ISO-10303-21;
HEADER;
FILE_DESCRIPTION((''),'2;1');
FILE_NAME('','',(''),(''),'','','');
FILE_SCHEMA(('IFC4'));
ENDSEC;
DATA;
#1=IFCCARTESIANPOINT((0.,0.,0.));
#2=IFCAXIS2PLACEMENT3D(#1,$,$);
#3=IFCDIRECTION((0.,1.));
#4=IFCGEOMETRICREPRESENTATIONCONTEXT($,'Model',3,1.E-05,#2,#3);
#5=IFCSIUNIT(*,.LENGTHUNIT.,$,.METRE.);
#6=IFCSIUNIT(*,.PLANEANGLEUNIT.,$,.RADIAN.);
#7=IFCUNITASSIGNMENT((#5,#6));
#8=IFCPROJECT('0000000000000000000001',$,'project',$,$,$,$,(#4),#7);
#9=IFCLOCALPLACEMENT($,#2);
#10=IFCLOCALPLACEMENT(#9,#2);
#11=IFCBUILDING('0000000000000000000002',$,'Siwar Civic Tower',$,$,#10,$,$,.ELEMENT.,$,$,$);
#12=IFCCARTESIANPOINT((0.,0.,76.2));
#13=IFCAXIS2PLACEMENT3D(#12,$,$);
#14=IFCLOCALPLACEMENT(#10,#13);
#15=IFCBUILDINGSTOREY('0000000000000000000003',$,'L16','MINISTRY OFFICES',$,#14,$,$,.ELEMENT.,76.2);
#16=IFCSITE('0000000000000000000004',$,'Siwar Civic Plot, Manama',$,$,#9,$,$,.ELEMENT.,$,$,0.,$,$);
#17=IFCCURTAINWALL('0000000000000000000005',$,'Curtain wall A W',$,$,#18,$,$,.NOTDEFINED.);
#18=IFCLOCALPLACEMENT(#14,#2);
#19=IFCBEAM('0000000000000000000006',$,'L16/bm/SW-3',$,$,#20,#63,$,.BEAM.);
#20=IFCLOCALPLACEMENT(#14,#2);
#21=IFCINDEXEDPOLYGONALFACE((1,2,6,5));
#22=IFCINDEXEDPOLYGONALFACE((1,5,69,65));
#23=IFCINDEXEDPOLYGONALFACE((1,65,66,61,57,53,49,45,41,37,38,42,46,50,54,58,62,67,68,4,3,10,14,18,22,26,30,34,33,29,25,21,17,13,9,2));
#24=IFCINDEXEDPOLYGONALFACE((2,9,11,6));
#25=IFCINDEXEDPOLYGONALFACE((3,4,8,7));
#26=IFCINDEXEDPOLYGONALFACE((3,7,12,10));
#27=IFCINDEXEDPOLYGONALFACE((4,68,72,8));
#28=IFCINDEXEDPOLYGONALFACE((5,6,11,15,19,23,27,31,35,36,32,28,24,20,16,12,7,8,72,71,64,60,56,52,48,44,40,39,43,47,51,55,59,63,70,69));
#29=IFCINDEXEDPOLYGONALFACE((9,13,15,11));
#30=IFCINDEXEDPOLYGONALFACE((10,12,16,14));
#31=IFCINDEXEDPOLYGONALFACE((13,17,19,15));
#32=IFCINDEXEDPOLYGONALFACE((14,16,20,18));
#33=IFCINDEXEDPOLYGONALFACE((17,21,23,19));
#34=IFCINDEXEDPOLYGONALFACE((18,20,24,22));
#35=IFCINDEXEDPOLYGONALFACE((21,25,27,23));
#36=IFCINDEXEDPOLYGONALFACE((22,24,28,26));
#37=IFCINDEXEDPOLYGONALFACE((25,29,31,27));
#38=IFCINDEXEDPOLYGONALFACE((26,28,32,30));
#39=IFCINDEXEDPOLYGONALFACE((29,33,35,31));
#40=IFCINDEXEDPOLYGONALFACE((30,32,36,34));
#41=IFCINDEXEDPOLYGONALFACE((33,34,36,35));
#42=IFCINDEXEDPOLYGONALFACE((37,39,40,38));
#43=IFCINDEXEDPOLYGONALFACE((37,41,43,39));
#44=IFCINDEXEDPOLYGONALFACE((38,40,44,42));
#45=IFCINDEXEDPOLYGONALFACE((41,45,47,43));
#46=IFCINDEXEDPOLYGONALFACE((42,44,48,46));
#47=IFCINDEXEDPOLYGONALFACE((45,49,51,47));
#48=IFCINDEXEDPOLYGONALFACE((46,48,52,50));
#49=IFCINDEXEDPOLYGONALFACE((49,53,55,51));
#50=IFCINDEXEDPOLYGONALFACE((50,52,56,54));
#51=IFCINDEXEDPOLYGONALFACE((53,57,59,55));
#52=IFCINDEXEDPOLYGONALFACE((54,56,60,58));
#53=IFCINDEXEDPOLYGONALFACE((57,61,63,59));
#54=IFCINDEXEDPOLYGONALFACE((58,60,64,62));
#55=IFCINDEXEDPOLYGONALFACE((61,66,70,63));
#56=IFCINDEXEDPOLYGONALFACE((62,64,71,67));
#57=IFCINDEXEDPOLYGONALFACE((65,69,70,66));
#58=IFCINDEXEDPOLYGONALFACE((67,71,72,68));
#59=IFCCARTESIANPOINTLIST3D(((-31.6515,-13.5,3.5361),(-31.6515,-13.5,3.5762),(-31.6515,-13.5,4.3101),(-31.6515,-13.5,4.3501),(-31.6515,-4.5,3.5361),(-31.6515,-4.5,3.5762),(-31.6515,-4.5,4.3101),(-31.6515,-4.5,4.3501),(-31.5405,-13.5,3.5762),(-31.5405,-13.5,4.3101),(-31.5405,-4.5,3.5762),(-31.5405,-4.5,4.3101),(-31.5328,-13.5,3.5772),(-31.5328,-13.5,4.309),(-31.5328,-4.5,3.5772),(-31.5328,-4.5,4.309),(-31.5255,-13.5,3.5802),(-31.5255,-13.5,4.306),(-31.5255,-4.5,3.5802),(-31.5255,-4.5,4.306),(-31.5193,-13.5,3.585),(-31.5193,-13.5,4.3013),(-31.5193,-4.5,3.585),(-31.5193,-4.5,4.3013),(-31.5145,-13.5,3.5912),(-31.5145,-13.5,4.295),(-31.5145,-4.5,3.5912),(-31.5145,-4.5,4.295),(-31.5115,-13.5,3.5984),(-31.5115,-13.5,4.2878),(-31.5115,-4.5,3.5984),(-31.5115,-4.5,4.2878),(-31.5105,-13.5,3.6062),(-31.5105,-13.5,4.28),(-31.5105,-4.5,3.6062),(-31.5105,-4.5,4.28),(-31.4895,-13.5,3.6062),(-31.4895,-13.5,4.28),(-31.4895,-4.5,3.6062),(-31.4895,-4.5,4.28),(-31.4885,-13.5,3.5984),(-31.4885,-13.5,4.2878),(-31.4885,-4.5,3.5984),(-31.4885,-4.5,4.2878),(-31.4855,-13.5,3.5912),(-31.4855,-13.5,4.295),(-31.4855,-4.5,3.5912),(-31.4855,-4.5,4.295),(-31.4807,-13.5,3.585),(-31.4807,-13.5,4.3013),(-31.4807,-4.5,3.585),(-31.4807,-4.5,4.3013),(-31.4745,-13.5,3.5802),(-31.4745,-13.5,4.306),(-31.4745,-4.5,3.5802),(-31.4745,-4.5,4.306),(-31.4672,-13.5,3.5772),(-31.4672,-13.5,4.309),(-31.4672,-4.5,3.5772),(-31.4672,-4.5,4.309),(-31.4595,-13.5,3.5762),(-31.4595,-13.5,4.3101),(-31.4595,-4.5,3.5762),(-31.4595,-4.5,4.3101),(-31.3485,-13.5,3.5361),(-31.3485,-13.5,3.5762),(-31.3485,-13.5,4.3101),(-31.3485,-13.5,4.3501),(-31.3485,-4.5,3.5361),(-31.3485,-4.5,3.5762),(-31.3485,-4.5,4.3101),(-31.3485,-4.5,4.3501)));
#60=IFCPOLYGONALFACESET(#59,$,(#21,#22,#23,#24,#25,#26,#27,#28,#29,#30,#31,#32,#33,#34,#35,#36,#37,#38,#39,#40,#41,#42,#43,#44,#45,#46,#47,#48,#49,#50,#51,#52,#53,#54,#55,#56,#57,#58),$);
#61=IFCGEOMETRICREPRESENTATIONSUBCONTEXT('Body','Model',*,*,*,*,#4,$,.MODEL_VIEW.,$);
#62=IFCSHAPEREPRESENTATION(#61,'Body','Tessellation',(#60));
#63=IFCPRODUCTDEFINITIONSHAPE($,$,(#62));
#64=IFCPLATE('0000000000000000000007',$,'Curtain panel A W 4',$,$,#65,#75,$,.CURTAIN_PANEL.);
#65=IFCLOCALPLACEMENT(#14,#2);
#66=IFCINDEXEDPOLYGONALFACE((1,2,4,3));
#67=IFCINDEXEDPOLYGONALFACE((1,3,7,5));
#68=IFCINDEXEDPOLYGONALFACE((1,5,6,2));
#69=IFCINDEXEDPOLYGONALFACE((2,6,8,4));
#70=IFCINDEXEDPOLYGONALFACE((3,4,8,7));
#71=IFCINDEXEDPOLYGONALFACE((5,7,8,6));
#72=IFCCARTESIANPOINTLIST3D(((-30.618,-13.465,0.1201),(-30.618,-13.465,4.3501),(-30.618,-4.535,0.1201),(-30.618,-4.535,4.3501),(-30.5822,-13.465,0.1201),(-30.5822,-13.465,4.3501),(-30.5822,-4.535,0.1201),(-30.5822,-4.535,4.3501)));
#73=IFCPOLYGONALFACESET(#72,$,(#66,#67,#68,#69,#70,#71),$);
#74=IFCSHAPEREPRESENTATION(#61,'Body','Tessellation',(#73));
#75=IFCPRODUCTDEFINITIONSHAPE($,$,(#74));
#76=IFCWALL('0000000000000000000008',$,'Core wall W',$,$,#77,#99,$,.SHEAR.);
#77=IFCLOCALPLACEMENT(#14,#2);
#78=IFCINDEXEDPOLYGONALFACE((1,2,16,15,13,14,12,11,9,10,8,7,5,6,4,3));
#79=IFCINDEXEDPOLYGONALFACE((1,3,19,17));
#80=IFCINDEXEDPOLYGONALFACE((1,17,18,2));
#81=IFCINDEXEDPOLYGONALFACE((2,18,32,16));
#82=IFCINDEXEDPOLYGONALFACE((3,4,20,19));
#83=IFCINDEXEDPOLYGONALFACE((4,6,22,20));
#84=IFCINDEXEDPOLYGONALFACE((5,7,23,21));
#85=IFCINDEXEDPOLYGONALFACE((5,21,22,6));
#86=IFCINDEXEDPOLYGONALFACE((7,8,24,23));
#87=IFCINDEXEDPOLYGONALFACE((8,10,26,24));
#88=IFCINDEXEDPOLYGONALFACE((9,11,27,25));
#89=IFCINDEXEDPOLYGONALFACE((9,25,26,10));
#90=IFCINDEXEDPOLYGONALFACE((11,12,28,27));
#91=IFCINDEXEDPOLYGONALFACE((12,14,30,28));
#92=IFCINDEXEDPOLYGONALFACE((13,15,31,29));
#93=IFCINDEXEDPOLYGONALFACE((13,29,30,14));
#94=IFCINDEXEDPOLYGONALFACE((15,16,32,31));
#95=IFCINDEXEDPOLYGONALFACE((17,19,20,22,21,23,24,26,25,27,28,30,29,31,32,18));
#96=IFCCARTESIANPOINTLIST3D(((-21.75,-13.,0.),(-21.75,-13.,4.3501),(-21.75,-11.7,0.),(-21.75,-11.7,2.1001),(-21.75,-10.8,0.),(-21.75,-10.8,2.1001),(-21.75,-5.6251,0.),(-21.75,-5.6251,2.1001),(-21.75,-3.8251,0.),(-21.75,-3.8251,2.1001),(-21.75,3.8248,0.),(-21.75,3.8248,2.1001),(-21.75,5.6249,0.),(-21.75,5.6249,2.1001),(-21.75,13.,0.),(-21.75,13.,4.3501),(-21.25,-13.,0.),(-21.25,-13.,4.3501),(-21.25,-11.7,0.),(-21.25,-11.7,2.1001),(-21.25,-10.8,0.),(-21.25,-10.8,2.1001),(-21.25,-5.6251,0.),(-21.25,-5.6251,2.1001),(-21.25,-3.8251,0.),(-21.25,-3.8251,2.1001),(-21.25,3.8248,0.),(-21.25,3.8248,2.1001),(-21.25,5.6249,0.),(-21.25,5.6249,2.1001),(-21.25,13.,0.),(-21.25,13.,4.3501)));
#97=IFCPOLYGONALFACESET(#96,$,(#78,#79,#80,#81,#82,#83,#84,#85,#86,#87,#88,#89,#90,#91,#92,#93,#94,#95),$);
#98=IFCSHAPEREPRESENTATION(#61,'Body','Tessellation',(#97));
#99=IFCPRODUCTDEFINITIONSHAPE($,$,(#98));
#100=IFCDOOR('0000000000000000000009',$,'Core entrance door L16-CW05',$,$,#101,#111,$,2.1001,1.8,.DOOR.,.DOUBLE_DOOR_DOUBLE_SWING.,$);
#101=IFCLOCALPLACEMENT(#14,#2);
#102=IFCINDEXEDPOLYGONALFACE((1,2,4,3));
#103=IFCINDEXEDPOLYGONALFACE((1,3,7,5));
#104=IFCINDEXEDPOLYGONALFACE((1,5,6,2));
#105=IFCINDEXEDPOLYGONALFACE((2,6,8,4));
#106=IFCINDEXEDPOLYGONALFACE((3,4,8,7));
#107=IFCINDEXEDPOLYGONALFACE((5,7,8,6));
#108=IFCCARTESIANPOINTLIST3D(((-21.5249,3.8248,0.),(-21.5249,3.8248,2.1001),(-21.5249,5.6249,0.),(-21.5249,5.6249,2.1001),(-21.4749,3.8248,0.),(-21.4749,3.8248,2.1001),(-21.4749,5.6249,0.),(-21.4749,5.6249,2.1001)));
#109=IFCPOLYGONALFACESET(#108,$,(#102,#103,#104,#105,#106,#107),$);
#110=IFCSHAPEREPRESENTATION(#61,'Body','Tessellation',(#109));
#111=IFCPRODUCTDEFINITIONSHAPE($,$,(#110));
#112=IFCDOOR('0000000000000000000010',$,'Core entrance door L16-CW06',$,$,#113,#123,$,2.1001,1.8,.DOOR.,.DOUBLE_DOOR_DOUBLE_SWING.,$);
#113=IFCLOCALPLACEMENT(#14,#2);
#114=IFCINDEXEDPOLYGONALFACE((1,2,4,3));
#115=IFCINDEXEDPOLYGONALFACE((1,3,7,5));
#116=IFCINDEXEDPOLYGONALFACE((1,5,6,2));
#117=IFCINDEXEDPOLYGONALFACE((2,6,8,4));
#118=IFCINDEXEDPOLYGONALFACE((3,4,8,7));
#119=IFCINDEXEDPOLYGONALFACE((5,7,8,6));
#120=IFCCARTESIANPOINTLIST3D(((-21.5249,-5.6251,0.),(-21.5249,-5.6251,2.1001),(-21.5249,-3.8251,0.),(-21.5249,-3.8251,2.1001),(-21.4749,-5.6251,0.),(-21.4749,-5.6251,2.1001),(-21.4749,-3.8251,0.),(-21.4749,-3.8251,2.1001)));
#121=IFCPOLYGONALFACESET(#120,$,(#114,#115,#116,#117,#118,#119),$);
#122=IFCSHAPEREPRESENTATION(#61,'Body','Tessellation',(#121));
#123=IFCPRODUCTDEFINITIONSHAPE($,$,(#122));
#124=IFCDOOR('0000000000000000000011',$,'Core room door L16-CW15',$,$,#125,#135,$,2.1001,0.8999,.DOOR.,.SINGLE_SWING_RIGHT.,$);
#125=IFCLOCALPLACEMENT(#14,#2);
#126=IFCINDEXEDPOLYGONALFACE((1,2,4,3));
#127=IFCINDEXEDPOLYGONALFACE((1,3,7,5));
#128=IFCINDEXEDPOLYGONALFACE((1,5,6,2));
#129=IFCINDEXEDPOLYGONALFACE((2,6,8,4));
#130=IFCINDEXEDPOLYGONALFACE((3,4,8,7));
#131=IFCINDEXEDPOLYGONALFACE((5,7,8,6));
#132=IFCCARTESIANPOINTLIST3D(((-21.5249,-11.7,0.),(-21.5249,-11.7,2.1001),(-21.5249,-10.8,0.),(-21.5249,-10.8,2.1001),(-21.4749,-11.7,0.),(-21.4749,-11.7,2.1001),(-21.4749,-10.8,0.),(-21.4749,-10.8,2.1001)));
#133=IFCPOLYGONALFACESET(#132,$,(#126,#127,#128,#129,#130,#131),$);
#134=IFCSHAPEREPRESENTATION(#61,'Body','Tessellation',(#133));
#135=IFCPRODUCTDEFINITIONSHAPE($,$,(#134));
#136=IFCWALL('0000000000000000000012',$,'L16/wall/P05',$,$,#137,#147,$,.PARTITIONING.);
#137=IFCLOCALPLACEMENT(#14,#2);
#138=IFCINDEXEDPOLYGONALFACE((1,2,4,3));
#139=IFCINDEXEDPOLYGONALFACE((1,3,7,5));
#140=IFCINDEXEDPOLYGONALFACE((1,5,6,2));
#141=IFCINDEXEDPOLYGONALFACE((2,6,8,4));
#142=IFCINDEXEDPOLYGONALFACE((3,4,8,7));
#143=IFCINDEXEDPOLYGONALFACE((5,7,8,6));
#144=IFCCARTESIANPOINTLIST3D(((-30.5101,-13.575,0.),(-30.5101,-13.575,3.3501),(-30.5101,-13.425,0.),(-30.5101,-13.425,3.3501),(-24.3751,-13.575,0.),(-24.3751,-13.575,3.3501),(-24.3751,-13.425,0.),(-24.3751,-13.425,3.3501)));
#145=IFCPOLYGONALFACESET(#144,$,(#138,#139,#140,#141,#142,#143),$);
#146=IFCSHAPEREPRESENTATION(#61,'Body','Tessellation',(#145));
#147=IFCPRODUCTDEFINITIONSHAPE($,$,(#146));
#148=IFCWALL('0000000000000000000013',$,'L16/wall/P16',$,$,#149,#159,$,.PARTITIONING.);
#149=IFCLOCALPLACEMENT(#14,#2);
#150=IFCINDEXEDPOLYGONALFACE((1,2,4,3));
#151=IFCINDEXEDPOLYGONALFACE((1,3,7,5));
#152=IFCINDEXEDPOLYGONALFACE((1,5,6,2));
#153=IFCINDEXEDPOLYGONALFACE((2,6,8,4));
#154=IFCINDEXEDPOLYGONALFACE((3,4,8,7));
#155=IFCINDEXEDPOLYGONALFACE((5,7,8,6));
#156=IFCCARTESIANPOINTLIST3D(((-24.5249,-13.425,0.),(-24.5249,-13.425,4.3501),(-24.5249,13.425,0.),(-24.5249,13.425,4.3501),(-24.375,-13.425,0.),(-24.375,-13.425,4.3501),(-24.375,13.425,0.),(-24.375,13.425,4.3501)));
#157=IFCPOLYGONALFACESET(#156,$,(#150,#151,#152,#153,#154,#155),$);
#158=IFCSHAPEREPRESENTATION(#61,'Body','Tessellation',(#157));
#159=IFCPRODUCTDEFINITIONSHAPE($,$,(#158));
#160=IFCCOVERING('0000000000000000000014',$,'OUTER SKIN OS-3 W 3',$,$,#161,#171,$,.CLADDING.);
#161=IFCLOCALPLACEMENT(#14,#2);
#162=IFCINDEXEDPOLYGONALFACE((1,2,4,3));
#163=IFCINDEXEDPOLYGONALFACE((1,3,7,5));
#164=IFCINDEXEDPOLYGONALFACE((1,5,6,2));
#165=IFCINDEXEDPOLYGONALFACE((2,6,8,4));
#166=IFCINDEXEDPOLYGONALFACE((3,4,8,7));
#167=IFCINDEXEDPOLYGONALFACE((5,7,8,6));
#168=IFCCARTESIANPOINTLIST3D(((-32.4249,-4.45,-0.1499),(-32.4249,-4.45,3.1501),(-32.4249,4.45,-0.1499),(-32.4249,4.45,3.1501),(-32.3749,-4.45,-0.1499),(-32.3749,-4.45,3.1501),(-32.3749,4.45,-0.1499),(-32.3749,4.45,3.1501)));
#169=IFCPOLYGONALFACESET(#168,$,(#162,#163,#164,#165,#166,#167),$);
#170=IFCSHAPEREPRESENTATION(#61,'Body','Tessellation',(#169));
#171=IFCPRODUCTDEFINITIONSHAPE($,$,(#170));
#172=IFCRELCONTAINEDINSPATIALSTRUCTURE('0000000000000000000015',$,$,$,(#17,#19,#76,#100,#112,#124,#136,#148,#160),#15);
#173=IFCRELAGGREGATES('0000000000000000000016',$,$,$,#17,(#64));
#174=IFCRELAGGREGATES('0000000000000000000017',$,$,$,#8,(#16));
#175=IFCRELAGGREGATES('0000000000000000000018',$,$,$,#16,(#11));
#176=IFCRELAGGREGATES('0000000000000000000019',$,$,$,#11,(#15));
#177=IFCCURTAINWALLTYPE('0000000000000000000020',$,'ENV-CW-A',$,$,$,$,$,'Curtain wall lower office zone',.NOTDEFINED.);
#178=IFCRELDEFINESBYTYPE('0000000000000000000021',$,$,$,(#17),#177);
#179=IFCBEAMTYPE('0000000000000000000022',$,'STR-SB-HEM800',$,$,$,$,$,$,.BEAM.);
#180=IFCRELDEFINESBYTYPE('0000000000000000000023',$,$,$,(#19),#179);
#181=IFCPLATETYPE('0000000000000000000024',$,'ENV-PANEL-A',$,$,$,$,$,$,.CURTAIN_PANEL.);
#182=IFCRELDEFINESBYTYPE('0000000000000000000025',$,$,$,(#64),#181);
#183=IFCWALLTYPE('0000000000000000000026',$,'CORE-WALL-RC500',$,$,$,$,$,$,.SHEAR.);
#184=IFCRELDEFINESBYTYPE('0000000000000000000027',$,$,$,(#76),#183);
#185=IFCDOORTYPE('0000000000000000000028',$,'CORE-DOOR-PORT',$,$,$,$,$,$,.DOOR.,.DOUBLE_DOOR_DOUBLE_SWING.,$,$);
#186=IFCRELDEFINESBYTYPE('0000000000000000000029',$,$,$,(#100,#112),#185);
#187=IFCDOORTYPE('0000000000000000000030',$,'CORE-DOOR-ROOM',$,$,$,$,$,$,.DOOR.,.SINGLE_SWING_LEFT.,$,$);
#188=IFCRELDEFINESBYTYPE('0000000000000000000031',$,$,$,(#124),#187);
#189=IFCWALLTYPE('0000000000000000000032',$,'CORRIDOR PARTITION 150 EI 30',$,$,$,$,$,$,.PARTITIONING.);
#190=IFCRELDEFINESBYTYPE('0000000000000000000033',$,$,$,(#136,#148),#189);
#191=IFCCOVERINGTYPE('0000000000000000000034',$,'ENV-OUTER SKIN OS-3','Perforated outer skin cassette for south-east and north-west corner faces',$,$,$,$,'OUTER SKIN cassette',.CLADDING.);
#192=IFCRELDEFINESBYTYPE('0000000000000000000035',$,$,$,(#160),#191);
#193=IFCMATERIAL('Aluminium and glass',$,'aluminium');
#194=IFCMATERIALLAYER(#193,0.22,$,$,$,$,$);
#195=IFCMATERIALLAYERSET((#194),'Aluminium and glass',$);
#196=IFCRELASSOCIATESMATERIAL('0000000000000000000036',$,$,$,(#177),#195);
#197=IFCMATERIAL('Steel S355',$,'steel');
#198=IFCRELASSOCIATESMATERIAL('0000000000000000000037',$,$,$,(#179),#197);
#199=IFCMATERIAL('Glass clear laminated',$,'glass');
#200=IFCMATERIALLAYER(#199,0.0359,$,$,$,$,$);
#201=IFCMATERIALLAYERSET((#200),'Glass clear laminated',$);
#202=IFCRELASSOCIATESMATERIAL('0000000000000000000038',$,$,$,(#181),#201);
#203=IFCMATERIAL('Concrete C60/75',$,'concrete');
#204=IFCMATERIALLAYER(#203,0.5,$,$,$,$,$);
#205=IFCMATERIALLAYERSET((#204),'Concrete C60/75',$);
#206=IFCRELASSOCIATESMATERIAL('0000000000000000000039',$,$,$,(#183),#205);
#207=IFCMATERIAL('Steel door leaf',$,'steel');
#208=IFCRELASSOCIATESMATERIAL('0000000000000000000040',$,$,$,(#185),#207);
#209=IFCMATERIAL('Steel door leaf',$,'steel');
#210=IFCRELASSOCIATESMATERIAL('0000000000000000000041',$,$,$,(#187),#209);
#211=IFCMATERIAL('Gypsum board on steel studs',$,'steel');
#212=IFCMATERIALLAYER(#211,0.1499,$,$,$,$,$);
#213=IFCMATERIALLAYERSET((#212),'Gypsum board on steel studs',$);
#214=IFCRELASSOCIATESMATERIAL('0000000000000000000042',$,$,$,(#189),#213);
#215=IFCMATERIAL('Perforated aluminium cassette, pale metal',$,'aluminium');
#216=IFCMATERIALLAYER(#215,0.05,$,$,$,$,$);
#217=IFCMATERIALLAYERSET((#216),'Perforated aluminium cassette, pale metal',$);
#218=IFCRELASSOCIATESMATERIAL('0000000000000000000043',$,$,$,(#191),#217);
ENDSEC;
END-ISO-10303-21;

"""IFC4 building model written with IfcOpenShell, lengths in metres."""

from ifc_helpers import new_model, si_unit, direction, frame, frame_2d, origin, origin_2d, place, context, subcontext, project, spatial, rectangle, i_section, extrude, material, layer, layer_set, material_profile, profile_set, type_object, element, fill, aggregate, save


model = new_model("IFC4")

# Units and contexts
model_context = context("Model", 3, precision=1e-05, world=origin(), true_north=direction((0.0, 1.0)))
body_context = subcontext(model_context, "Body", "Model", "MODEL_VIEW")
ifc_project = project(units=[si_unit("LENGTHUNIT", "METRE"), si_unit("PLANEANGLEUNIT", "RADIAN")], contexts=[model_context])

# Site, building, storey
site_placement = place(None, origin())
site = spatial("IfcSite", under=ifc_project, at=site_placement, Name="Siwar Civic Plot, Manama", CompositionType="ELEMENT", RefElevation=0.0)
building_placement = place(site_placement, origin())
building = spatial("IfcBuilding", under=site, at=building_placement, Name="Siwar Civic Tower", CompositionType="ELEMENT")
storey_placement = place(building_placement, frame((0.0, 0.0, 76.2)))
storey = spatial("IfcBuildingStorey", under=building, at=storey_placement, Name="L16", Description="MINISTRY OFFICES", CompositionType="ELEMENT", Elevation=76.2)

# Curtain wall
ifc_material_1 = material(Name="Aluminium and glass", Category="aluminium")
ifc_layer_1 = layer(ifc_material_1, 0.22)
ifc_layer_set_1 = layer_set([ifc_layer_1], Name="Aluminium and glass")
curtain_wall_type = type_object("IfcCurtainWallType", Name="ENV-CW-A", ElementType="Curtain wall lower office zone", PredefinedType="NOTDEFINED", material=ifc_layer_set_1)
curtain_wall_placement = place(storey_placement, origin())
curtain_wall = element("IfcCurtainWall", 1, at=curtain_wall_placement, inside=storey, type_object=curtain_wall_type, Name="Curtain wall A W", PredefinedType="NOTDEFINED")

# Beam
ifc_material_2 = material(Name="Steel S355", Category="steel")
ifc_material_profile_1 = material_profile(ifc_material_2, i_section(OverallWidth=0.303, OverallDepth=0.814, WebThickness=0.021, FlangeThickness=0.04, FilletRadius=0.03, at=origin_2d()), Name="HEM800")
ifc_profile_set_1 = profile_set([ifc_material_profile_1], Name="Steel S355")
beam_type_1 = type_object("IfcBeamType", Name="STR-SB-HEM800", PredefinedType="BEAM", material=ifc_profile_set_1)
beam_1_placement = place(storey_placement, frame((-31.5, -4.5, 3.9431), z_axis=(0.0, -1.0, 0.0), x_axis=(1.0, 0.0, 0.0)))
element("IfcBeam", 2, at=beam_1_placement, inside=storey, type_object=beam_type_1, Name="L16/bm/SW-3", PredefinedType="BEAM", context=body_context, shape_type="SweptSolid", body=[
    extrude(i_section(OverallWidth=0.303, OverallDepth=0.814, WebThickness=0.021, FlangeThickness=0.04, FilletRadius=0.03, at=origin_2d()), origin(), (0.0, 0.0, 1.0), 9.0),
])

# Plate
ifc_material_3 = material(Name="Glass clear laminated", Category="glass")
ifc_layer_2 = layer(ifc_material_3, 0.0359)
ifc_layer_set_2 = layer_set([ifc_layer_2], Name="Glass clear laminated")
plate_type = type_object("IfcPlateType", Name="ENV-PANEL-A", PredefinedType="CURTAIN_PANEL", material=ifc_layer_set_2)
plate_placement = place(storey_placement, frame((-30.6001, -9.0, 0.1201), z_axis=(0.0, 0.0, 1.0), x_axis=(0.0, -1.0, 0.0)))
plate = element("IfcPlate", 3, at=plate_placement, type_object=plate_type, Name="Curtain panel A W 4", PredefinedType="CURTAIN_PANEL", context=body_context, shape_type="SweptSolid", body=[
    extrude(rectangle(XDim=8.9299, YDim=0.0359, at=origin_2d()), origin(), (0.0, 0.0, 1.0), 4.23),
])
aggregate(curtain_wall, [plate])

# Wall, openings, doors
ifc_material_4 = material(Name="Concrete C60/75", Category="concrete")
ifc_layer_3 = layer(ifc_material_4, 0.5)
ifc_layer_set_3 = layer_set([ifc_layer_3], Name="Concrete C60/75")
wall_type_1 = type_object("IfcWallType", Name="CORE-WALL-RC500", PredefinedType="SHEAR", material=ifc_layer_set_3)
wall_1_placement = place(storey_placement, frame((-21.5, -13.0, 0.0), z_axis=(0.0, 0.0, 1.0), x_axis=(0.0, 1.0, 0.0)))
wall_1 = element("IfcWall", 4, at=wall_1_placement, inside=storey, type_object=wall_type_1, Name="Core wall W", PredefinedType="SHEAR", context=body_context, shape_type="SweptSolid", body=[
    extrude(rectangle(XDim=26.0, YDim=0.5, at=frame_2d((13.0, 0.0))), origin(), (0.0, 0.0, 1.0), 4.3501),
])
opening_1_placement = place(wall_1_placement, frame((16.825, 0.0, 0.0)))
opening_1 = element("IfcOpeningElement", 5, at=opening_1_placement, cuts=wall_1, PredefinedType="OPENING", context=body_context, shape_type="SweptSolid", body=[
    extrude(rectangle(XDim=1.8, YDim=2.1001, at=frame_2d((0.8999, 1.05))), frame((0.0, 0.26, 0.0), z_axis=(0.0, -1.0, 0.0), x_axis=(1.0, 0.0, 0.0)), (0.0, 0.0, 1.0), 0.52),
])
opening_2_placement = place(wall_1_placement, frame((7.375, 0.0, 0.0)))
opening_2 = element("IfcOpeningElement", 6, at=opening_2_placement, cuts=wall_1, PredefinedType="OPENING", context=body_context, shape_type="SweptSolid", body=[
    extrude(rectangle(XDim=1.8, YDim=2.1001, at=frame_2d((0.8999, 1.05))), frame((0.0, 0.26, 0.0), z_axis=(0.0, -1.0, 0.0), x_axis=(1.0, 0.0, 0.0)), (0.0, 0.0, 1.0), 0.52),
])
opening_3_placement = place(wall_1_placement, frame((1.3, 0.0, 0.0)))
opening_3 = element("IfcOpeningElement", 7, at=opening_3_placement, cuts=wall_1, PredefinedType="OPENING", context=body_context, shape_type="SweptSolid", body=[
    extrude(rectangle(XDim=0.8999, YDim=2.1001, at=frame_2d((0.45, 1.05))), frame((0.0, 0.26, 0.0), z_axis=(0.0, -1.0, 0.0), x_axis=(1.0, 0.0, 0.0)), (0.0, 0.0, 1.0), 0.52),
])
ifc_material_5 = material(Name="Steel door leaf", Category="steel")
door_type_1 = type_object("IfcDoorType", Name="CORE-DOOR-PORT", OperationType="DOUBLE_DOOR_DOUBLE_SWING", PredefinedType="DOOR", material=ifc_material_5)
door_1_placement = place(opening_1_placement, origin())
door_1 = element("IfcDoor", 8, at=door_1_placement, inside=storey, type_object=door_type_1, Name="Core entrance door L16-CW05", OperationType="DOUBLE_DOOR_DOUBLE_SWING", OverallHeight=2.1001, OverallWidth=1.8, PredefinedType="DOOR", context=body_context, shape_type="SweptSolid", body=[
    extrude(rectangle(XDim=1.8, YDim=2.1001, at=frame_2d((0.8999, 1.05))), frame((0.0, 0.0249, 0.0), z_axis=(0.0, -1.0, 0.0), x_axis=(1.0, 0.0, 0.0)), (0.0, 0.0, 1.0), 0.05),
])
fill(opening_1, door_1)
door_2_placement = place(opening_2_placement, origin())
door_2 = element("IfcDoor", 9, at=door_2_placement, inside=storey, type_object=door_type_1, Name="Core entrance door L16-CW06", OperationType="DOUBLE_DOOR_DOUBLE_SWING", OverallHeight=2.1001, OverallWidth=1.8, PredefinedType="DOOR", context=body_context, shape_type="SweptSolid", body=[
    extrude(rectangle(XDim=1.8, YDim=2.1001, at=frame_2d((0.8999, 1.05))), frame((0.0, 0.0249, 0.0), z_axis=(0.0, -1.0, 0.0), x_axis=(1.0, 0.0, 0.0)), (0.0, 0.0, 1.0), 0.05),
])
fill(opening_2, door_2)
ifc_material_6 = material(Name="Steel door leaf", Category="steel")
door_type_2 = type_object("IfcDoorType", Name="CORE-DOOR-ROOM", OperationType="SINGLE_SWING_LEFT", PredefinedType="DOOR", material=ifc_material_6)
door_3_placement = place(opening_3_placement, origin())
door_3 = element("IfcDoor", 10, at=door_3_placement, inside=storey, type_object=door_type_2, Name="Core room door L16-CW15", OperationType="SINGLE_SWING_RIGHT", OverallHeight=2.1001, OverallWidth=0.8999, PredefinedType="DOOR", context=body_context, shape_type="SweptSolid", body=[
    extrude(rectangle(XDim=0.8999, YDim=2.1001, at=frame_2d((0.45, 1.05))), frame((0.0, 0.0249, 0.0), z_axis=(0.0, -1.0, 0.0), x_axis=(1.0, 0.0, 0.0)), (0.0, 0.0, 1.0), 0.05),
])
fill(opening_3, door_3)

# Walls
ifc_material_7 = material(Name="Gypsum board on steel studs", Category="steel")
ifc_layer_4 = layer(ifc_material_7, 0.1499)
ifc_layer_set_4 = layer_set([ifc_layer_4], Name="Gypsum board on steel studs")
wall_type_2 = type_object("IfcWallType", Name="CORRIDOR PARTITION 150 EI 30", PredefinedType="PARTITIONING", material=ifc_layer_set_4)
wall_2_placement = place(storey_placement, frame((-30.51, -13.5, 0.0), z_axis=(0.0, 0.0, 1.0), x_axis=(1.0, 0.0, 0.0)))
element("IfcWall", 11, at=wall_2_placement, inside=storey, type_object=wall_type_2, Name="L16/wall/P05", PredefinedType="PARTITIONING", context=body_context, shape_type="SweptSolid", body=[
    extrude(rectangle(XDim=6.135, YDim=0.1499, at=frame_2d((3.0674, 0.0))), origin(), (0.0, 0.0, 1.0), 3.3501),
])
wall_3_placement = place(storey_placement, frame((-24.45, -13.425, 0.0), z_axis=(0.0, 0.0, 1.0), x_axis=(0.0, 1.0, 0.0)))
element("IfcWall", 12, at=wall_3_placement, inside=storey, type_object=wall_type_2, Name="L16/wall/P16", PredefinedType="PARTITIONING", context=body_context, shape_type="SweptSolid", body=[
    extrude(rectangle(XDim=26.8501, YDim=0.1499, at=frame_2d((13.425, 0.0))), origin(), (0.0, 0.0, 1.0), 4.3501),
])

# Covering
ifc_material_8 = material(Name="Perforated aluminium cassette, pale metal", Category="aluminium")
ifc_layer_5 = layer(ifc_material_8, 0.05)
ifc_layer_set_5 = layer_set([ifc_layer_5], Name="Perforated aluminium cassette, pale metal")
covering_type = type_object("IfcCoveringType", Name="ENV-OUTER SKIN OS-3", Description="Perforated outer skin cassette for south-east and north-west corner faces", ElementType="OUTER SKIN cassette", PredefinedType="CLADDING", material=ifc_layer_set_5)
for number, where, z_axis, x_axis, name in (
    (13, (-32.3999, 0.0, -0.1499), (0.0, 0.0, 1.0), (0.0, -1.0, 0.0), "OUTER SKIN OS-3 W 3"),
):
    element("IfcCovering", number, at=place(storey_placement, frame(where, z_axis=z_axis, x_axis=x_axis)), inside=storey, type_object=covering_type, Name=name, PredefinedType="CLADDING", context=body_context, shape_type="SweptSolid", body=[
        extrude(rectangle(XDim=8.8999, YDim=0.05, at=origin_2d()), origin(), (0.0, 0.0, 1.0), 3.3),
    ])

save(model, "model.ifc")
